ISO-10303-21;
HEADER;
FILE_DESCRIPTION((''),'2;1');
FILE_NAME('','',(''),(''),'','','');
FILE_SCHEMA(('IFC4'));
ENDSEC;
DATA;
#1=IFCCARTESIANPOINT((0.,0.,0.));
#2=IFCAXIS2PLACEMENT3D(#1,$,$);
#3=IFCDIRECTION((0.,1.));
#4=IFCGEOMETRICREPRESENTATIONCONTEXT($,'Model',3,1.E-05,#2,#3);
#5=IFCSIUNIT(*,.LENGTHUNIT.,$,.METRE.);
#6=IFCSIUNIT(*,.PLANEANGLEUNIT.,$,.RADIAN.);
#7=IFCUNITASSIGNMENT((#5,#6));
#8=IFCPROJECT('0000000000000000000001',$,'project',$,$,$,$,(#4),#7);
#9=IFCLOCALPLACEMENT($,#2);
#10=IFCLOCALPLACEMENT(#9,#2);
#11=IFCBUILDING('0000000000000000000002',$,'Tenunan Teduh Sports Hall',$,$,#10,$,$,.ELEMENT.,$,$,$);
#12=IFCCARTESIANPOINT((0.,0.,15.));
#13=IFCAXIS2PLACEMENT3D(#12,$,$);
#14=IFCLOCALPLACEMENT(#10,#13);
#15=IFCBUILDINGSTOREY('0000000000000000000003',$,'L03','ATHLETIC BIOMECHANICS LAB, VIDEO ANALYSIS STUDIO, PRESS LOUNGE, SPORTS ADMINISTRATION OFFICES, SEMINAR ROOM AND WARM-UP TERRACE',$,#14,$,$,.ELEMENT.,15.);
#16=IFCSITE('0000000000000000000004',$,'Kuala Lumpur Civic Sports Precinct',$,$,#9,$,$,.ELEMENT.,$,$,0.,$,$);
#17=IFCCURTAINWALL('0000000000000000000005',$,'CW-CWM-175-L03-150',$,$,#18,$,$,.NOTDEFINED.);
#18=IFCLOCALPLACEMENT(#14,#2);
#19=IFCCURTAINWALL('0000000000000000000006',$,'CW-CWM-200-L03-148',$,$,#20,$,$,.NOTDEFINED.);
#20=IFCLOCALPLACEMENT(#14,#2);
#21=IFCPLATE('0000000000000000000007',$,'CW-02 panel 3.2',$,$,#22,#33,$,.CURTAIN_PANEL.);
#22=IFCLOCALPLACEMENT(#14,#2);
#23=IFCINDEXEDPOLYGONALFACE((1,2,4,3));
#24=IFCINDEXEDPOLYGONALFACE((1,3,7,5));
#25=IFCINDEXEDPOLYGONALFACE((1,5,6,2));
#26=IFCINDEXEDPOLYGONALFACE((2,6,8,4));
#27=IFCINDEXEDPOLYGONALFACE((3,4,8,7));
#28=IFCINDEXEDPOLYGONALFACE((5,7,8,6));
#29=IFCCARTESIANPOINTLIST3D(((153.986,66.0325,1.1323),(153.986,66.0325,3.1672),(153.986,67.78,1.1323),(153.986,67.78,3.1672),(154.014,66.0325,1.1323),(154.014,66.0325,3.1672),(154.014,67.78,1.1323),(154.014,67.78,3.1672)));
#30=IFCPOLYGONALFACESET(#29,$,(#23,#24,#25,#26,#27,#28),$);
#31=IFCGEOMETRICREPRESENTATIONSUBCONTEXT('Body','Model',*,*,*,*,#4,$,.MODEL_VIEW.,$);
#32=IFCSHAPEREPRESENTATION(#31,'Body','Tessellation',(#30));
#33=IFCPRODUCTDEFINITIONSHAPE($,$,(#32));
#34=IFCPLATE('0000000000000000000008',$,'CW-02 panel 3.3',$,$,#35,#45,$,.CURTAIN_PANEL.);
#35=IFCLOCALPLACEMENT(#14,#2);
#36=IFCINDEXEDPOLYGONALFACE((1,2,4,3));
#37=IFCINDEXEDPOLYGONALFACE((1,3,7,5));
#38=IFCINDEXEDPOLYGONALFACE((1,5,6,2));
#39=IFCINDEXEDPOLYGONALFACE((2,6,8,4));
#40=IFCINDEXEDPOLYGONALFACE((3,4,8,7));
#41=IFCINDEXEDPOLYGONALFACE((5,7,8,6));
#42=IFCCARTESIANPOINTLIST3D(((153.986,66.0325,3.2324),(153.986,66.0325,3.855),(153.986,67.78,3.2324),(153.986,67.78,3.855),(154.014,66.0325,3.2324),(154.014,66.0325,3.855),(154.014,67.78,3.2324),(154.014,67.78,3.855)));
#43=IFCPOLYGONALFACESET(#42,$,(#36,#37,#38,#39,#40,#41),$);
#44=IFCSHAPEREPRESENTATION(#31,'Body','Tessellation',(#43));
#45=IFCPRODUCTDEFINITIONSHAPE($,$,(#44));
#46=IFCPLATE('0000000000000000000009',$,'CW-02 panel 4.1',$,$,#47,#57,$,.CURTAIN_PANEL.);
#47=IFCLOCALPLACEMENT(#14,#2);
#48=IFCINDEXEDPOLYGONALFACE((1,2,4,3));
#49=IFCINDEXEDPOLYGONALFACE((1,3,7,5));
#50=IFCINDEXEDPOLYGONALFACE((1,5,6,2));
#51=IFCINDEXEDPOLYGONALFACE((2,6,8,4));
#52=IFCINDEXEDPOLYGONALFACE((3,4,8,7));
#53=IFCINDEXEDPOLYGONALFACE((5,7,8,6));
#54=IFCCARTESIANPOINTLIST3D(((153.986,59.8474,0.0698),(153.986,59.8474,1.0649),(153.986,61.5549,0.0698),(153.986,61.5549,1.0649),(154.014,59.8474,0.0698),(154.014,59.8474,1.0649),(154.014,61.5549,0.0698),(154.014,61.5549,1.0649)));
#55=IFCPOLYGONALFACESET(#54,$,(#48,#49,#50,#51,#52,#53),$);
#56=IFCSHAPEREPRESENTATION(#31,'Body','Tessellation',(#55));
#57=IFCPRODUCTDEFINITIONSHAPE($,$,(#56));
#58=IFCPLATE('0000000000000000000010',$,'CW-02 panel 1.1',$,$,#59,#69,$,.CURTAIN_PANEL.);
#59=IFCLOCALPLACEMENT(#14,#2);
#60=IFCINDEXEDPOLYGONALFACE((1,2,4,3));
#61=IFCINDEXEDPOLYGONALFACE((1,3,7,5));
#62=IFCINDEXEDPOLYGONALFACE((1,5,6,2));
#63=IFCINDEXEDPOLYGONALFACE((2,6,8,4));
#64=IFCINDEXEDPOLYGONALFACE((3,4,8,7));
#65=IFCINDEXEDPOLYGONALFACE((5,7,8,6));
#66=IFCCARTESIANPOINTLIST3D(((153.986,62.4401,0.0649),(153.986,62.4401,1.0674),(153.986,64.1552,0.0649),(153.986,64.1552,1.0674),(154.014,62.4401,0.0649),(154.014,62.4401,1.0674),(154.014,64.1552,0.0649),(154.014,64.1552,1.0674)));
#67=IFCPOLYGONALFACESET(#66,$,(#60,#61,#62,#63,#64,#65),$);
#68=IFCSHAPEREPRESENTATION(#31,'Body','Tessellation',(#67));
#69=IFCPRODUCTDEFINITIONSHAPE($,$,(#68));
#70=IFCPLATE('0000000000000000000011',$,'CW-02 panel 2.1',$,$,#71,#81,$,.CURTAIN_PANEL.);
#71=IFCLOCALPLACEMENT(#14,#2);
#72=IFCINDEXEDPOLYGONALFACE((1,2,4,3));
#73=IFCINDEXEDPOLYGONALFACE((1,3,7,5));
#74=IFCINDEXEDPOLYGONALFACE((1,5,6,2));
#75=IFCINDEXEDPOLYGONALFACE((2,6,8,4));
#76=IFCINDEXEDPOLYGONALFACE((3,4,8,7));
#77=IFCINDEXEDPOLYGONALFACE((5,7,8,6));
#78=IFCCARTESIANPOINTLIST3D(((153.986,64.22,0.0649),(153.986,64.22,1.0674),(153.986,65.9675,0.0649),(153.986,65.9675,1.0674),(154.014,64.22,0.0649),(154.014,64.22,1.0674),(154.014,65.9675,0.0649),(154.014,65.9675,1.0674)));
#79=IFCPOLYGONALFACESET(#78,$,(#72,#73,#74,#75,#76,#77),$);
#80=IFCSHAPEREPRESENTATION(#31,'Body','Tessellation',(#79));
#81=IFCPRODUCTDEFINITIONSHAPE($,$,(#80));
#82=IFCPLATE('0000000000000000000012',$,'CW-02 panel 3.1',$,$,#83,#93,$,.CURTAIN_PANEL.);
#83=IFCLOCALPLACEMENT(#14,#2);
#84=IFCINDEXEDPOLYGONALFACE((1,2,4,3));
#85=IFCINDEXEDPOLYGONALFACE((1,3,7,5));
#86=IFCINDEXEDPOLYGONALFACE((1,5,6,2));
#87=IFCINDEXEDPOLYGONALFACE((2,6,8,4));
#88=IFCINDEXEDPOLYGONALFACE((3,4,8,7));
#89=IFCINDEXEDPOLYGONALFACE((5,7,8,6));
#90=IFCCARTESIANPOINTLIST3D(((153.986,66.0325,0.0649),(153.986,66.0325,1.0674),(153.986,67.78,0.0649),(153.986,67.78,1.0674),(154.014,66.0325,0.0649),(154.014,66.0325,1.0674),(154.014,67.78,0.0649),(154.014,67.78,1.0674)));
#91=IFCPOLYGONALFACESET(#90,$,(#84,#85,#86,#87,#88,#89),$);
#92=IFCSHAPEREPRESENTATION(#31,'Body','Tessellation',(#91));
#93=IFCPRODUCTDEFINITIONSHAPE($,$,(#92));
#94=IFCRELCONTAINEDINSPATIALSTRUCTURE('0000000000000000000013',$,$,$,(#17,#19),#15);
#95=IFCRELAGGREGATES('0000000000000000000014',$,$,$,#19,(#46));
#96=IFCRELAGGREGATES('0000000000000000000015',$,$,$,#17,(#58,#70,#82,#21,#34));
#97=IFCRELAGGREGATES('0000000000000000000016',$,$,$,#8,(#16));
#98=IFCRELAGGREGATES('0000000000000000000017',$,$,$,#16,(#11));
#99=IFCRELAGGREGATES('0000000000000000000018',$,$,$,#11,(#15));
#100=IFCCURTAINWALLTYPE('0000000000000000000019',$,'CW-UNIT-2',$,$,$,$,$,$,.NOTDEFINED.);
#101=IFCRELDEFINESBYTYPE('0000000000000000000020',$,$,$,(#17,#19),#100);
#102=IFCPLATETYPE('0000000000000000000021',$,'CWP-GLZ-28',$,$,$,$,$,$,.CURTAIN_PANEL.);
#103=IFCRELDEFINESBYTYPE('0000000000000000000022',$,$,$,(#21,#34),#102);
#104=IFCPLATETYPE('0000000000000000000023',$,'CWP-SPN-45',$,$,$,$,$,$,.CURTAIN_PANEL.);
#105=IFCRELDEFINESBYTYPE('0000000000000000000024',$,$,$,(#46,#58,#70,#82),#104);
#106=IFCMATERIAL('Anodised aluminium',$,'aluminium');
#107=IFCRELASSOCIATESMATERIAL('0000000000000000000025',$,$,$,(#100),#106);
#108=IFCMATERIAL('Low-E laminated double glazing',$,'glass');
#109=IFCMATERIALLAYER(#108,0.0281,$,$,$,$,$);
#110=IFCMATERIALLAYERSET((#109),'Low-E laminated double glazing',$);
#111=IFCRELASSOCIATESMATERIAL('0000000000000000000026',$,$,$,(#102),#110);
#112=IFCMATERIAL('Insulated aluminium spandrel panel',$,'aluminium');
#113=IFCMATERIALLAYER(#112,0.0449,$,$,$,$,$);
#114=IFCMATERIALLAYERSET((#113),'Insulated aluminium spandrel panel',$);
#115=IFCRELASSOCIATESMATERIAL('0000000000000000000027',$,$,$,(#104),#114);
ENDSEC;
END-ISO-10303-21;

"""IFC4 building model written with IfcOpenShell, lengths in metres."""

from ifc_helpers import new_model, si_unit, direction, frame, origin, origin_2d, place, context, subcontext, project, spatial, rectangle, extrude, material, layer, layer_set, type_object, element, aggregate, save


model = new_model("IFC4")

# Units and contexts
model_context = context("Model", 3, precision=1e-05, world=origin(), true_north=direction((0.0, 1.0)))
body_context = subcontext(model_context, "Body", "Model", "MODEL_VIEW")
ifc_project = project(units=[si_unit("LENGTHUNIT", "METRE"), si_unit("PLANEANGLEUNIT", "RADIAN")], contexts=[model_context])

# Site, building, storey
site_placement = place(None, origin())
site = spatial("IfcSite", under=ifc_project, at=site_placement, Name="Kuala Lumpur Civic Sports Precinct", CompositionType="ELEMENT", RefElevation=0.0)
building_placement = place(site_placement, origin())
building = spatial("IfcBuilding", under=site, at=building_placement, Name="Tenunan Teduh Sports Hall", CompositionType="ELEMENT")
storey_placement = place(building_placement, frame((0.0, 0.0, 15.0)))
storey = spatial("IfcBuildingStorey", under=building, at=storey_placement, Name="L03", Description="ATHLETIC BIOMECHANICS LAB, VIDEO ANALYSIS STUDIO, PRESS LOUNGE, SPORTS ADMINISTRATION OFFICES, SEMINAR ROOM AND WARM-UP TERRACE", CompositionType="ELEMENT", Elevation=15.0)

# Curtain walls
ifc_material_1 = material(Name="Anodised aluminium", Category="aluminium")
curtain_wall_type = type_object("IfcCurtainWallType", Name="CW-UNIT-2", PredefinedType="NOTDEFINED", material=ifc_material_1)
curtain_wall_1_placement = place(storey_placement, origin())
curtain_wall_1 = element("IfcCurtainWall", 1, at=curtain_wall_1_placement, inside=storey, type_object=curtain_wall_type, Name="CW-CWM-175-L03-150", PredefinedType="NOTDEFINED")
curtain_wall_2_placement = place(storey_placement, origin())
curtain_wall_2 = element("IfcCurtainWall", 2, at=curtain_wall_2_placement, inside=storey, type_object=curtain_wall_type, Name="CW-CWM-200-L03-148", PredefinedType="NOTDEFINED")

# Plates
ifc_material_2 = material(Name="Low-E laminated double glazing", Category="glass")
ifc_layer_1 = layer(ifc_material_2, 0.0281)
ifc_layer_set_1 = layer_set([ifc_layer_1], Name="Low-E laminated double glazing")
plate_type_1 = type_object("IfcPlateType", Name="CWP-GLZ-28", PredefinedType="CURTAIN_PANEL", material=ifc_layer_set_1)
plate_1_placement = place(storey_placement, frame((154.0, 66.9062, 1.1323), z_axis=(0.0, 0.0, 1.0), x_axis=(0.0, 1.0, 0.0)))
plate_1 = element("IfcPlate", 3, at=plate_1_placement, type_object=plate_type_1, Name="CW-02 panel 3.2", PredefinedType="CURTAIN_PANEL", context=body_context, shape_type="SweptSolid", body=[
    extrude(rectangle(XDim=1.7476, YDim=0.0281, at=origin_2d()), origin(), (0.0, 0.0, 1.0), 2.0349),
])
plate_2_placement = place(storey_placement, frame((154.0, 66.9062, 3.2324), z_axis=(0.0, 0.0, 1.0), x_axis=(0.0, 1.0, 0.0)))
plate_2 = element("IfcPlate", 4, at=plate_2_placement, type_object=plate_type_1, Name="CW-02 panel 3.3", PredefinedType="CURTAIN_PANEL", context=body_context, shape_type="SweptSolid", body=[
    extrude(rectangle(XDim=1.7476, YDim=0.0281, at=origin_2d()), origin(), (0.0, 0.0, 1.0), 0.6226),
])
ifc_material_3 = material(Name="Insulated aluminium spandrel panel", Category="aluminium")
ifc_layer_2 = layer(ifc_material_3, 0.0449)
ifc_layer_set_2 = layer_set([ifc_layer_2], Name="Insulated aluminium spandrel panel")
plate_type_2 = type_object("IfcPlateType", Name="CWP-SPN-45", PredefinedType="CURTAIN_PANEL", material=ifc_layer_set_2)
plate_3_placement = place(storey_placement, frame((154.0, 60.7012, 0.0698), z_axis=(0.0, 0.0, 1.0), x_axis=(0.0, 1.0, 0.0)))
plate_3 = element("IfcPlate", 5, at=plate_3_placement, type_object=plate_type_2, Name="CW-02 panel 4.1", PredefinedType="CURTAIN_PANEL", context=body_context, shape_type="SweptSolid", body=[
    extrude(rectangle(XDim=1.7075, YDim=0.0281, at=origin_2d()), origin(), (0.0, 0.0, 1.0), 0.9951),
])
aggregate(curtain_wall_2, [plate_3])
plate_4_placement = place(storey_placement, frame((154.0, 63.2976, 0.0649), z_axis=(0.0, 0.0, 1.0), x_axis=(0.0, 1.0, 0.0)))
plate_4 = element("IfcPlate", 6, at=plate_4_placement, type_object=plate_type_2, Name="CW-02 panel 1.1", PredefinedType="CURTAIN_PANEL", context=body_context, shape_type="SweptSolid", body=[
    extrude(rectangle(XDim=1.7151, YDim=0.0281, at=origin_2d()), origin(), (0.0, 0.0, 1.0), 1.0024),
])
plate_5_placement = place(storey_placement, frame((154.0, 65.0938, 0.0649), z_axis=(0.0, 0.0, 1.0), x_axis=(0.0, 1.0, 0.0)))
plate_5 = element("IfcPlate", 7, at=plate_5_placement, type_object=plate_type_2, Name="CW-02 panel 2.1", PredefinedType="CURTAIN_PANEL", context=body_context, shape_type="SweptSolid", body=[
    extrude(rectangle(XDim=1.7476, YDim=0.0281, at=origin_2d()), origin(), (0.0, 0.0, 1.0), 1.0024),
])
plate_6_placement = place(storey_placement, frame((154.0, 66.9062, 0.0649), z_axis=(0.0, 0.0, 1.0), x_axis=(0.0, 1.0, 0.0)))
plate_6 = element("IfcPlate", 8, at=plate_6_placement, type_object=plate_type_2, Name="CW-02 panel 3.1", PredefinedType="CURTAIN_PANEL", context=body_context, shape_type="SweptSolid", body=[
    extrude(rectangle(XDim=1.7476, YDim=0.0281, at=origin_2d()), origin(), (0.0, 0.0, 1.0), 1.0024),
])
aggregate(curtain_wall_1, [plate_4, plate_5, plate_6, plate_1, plate_2])

save(model, "model.ifc")
